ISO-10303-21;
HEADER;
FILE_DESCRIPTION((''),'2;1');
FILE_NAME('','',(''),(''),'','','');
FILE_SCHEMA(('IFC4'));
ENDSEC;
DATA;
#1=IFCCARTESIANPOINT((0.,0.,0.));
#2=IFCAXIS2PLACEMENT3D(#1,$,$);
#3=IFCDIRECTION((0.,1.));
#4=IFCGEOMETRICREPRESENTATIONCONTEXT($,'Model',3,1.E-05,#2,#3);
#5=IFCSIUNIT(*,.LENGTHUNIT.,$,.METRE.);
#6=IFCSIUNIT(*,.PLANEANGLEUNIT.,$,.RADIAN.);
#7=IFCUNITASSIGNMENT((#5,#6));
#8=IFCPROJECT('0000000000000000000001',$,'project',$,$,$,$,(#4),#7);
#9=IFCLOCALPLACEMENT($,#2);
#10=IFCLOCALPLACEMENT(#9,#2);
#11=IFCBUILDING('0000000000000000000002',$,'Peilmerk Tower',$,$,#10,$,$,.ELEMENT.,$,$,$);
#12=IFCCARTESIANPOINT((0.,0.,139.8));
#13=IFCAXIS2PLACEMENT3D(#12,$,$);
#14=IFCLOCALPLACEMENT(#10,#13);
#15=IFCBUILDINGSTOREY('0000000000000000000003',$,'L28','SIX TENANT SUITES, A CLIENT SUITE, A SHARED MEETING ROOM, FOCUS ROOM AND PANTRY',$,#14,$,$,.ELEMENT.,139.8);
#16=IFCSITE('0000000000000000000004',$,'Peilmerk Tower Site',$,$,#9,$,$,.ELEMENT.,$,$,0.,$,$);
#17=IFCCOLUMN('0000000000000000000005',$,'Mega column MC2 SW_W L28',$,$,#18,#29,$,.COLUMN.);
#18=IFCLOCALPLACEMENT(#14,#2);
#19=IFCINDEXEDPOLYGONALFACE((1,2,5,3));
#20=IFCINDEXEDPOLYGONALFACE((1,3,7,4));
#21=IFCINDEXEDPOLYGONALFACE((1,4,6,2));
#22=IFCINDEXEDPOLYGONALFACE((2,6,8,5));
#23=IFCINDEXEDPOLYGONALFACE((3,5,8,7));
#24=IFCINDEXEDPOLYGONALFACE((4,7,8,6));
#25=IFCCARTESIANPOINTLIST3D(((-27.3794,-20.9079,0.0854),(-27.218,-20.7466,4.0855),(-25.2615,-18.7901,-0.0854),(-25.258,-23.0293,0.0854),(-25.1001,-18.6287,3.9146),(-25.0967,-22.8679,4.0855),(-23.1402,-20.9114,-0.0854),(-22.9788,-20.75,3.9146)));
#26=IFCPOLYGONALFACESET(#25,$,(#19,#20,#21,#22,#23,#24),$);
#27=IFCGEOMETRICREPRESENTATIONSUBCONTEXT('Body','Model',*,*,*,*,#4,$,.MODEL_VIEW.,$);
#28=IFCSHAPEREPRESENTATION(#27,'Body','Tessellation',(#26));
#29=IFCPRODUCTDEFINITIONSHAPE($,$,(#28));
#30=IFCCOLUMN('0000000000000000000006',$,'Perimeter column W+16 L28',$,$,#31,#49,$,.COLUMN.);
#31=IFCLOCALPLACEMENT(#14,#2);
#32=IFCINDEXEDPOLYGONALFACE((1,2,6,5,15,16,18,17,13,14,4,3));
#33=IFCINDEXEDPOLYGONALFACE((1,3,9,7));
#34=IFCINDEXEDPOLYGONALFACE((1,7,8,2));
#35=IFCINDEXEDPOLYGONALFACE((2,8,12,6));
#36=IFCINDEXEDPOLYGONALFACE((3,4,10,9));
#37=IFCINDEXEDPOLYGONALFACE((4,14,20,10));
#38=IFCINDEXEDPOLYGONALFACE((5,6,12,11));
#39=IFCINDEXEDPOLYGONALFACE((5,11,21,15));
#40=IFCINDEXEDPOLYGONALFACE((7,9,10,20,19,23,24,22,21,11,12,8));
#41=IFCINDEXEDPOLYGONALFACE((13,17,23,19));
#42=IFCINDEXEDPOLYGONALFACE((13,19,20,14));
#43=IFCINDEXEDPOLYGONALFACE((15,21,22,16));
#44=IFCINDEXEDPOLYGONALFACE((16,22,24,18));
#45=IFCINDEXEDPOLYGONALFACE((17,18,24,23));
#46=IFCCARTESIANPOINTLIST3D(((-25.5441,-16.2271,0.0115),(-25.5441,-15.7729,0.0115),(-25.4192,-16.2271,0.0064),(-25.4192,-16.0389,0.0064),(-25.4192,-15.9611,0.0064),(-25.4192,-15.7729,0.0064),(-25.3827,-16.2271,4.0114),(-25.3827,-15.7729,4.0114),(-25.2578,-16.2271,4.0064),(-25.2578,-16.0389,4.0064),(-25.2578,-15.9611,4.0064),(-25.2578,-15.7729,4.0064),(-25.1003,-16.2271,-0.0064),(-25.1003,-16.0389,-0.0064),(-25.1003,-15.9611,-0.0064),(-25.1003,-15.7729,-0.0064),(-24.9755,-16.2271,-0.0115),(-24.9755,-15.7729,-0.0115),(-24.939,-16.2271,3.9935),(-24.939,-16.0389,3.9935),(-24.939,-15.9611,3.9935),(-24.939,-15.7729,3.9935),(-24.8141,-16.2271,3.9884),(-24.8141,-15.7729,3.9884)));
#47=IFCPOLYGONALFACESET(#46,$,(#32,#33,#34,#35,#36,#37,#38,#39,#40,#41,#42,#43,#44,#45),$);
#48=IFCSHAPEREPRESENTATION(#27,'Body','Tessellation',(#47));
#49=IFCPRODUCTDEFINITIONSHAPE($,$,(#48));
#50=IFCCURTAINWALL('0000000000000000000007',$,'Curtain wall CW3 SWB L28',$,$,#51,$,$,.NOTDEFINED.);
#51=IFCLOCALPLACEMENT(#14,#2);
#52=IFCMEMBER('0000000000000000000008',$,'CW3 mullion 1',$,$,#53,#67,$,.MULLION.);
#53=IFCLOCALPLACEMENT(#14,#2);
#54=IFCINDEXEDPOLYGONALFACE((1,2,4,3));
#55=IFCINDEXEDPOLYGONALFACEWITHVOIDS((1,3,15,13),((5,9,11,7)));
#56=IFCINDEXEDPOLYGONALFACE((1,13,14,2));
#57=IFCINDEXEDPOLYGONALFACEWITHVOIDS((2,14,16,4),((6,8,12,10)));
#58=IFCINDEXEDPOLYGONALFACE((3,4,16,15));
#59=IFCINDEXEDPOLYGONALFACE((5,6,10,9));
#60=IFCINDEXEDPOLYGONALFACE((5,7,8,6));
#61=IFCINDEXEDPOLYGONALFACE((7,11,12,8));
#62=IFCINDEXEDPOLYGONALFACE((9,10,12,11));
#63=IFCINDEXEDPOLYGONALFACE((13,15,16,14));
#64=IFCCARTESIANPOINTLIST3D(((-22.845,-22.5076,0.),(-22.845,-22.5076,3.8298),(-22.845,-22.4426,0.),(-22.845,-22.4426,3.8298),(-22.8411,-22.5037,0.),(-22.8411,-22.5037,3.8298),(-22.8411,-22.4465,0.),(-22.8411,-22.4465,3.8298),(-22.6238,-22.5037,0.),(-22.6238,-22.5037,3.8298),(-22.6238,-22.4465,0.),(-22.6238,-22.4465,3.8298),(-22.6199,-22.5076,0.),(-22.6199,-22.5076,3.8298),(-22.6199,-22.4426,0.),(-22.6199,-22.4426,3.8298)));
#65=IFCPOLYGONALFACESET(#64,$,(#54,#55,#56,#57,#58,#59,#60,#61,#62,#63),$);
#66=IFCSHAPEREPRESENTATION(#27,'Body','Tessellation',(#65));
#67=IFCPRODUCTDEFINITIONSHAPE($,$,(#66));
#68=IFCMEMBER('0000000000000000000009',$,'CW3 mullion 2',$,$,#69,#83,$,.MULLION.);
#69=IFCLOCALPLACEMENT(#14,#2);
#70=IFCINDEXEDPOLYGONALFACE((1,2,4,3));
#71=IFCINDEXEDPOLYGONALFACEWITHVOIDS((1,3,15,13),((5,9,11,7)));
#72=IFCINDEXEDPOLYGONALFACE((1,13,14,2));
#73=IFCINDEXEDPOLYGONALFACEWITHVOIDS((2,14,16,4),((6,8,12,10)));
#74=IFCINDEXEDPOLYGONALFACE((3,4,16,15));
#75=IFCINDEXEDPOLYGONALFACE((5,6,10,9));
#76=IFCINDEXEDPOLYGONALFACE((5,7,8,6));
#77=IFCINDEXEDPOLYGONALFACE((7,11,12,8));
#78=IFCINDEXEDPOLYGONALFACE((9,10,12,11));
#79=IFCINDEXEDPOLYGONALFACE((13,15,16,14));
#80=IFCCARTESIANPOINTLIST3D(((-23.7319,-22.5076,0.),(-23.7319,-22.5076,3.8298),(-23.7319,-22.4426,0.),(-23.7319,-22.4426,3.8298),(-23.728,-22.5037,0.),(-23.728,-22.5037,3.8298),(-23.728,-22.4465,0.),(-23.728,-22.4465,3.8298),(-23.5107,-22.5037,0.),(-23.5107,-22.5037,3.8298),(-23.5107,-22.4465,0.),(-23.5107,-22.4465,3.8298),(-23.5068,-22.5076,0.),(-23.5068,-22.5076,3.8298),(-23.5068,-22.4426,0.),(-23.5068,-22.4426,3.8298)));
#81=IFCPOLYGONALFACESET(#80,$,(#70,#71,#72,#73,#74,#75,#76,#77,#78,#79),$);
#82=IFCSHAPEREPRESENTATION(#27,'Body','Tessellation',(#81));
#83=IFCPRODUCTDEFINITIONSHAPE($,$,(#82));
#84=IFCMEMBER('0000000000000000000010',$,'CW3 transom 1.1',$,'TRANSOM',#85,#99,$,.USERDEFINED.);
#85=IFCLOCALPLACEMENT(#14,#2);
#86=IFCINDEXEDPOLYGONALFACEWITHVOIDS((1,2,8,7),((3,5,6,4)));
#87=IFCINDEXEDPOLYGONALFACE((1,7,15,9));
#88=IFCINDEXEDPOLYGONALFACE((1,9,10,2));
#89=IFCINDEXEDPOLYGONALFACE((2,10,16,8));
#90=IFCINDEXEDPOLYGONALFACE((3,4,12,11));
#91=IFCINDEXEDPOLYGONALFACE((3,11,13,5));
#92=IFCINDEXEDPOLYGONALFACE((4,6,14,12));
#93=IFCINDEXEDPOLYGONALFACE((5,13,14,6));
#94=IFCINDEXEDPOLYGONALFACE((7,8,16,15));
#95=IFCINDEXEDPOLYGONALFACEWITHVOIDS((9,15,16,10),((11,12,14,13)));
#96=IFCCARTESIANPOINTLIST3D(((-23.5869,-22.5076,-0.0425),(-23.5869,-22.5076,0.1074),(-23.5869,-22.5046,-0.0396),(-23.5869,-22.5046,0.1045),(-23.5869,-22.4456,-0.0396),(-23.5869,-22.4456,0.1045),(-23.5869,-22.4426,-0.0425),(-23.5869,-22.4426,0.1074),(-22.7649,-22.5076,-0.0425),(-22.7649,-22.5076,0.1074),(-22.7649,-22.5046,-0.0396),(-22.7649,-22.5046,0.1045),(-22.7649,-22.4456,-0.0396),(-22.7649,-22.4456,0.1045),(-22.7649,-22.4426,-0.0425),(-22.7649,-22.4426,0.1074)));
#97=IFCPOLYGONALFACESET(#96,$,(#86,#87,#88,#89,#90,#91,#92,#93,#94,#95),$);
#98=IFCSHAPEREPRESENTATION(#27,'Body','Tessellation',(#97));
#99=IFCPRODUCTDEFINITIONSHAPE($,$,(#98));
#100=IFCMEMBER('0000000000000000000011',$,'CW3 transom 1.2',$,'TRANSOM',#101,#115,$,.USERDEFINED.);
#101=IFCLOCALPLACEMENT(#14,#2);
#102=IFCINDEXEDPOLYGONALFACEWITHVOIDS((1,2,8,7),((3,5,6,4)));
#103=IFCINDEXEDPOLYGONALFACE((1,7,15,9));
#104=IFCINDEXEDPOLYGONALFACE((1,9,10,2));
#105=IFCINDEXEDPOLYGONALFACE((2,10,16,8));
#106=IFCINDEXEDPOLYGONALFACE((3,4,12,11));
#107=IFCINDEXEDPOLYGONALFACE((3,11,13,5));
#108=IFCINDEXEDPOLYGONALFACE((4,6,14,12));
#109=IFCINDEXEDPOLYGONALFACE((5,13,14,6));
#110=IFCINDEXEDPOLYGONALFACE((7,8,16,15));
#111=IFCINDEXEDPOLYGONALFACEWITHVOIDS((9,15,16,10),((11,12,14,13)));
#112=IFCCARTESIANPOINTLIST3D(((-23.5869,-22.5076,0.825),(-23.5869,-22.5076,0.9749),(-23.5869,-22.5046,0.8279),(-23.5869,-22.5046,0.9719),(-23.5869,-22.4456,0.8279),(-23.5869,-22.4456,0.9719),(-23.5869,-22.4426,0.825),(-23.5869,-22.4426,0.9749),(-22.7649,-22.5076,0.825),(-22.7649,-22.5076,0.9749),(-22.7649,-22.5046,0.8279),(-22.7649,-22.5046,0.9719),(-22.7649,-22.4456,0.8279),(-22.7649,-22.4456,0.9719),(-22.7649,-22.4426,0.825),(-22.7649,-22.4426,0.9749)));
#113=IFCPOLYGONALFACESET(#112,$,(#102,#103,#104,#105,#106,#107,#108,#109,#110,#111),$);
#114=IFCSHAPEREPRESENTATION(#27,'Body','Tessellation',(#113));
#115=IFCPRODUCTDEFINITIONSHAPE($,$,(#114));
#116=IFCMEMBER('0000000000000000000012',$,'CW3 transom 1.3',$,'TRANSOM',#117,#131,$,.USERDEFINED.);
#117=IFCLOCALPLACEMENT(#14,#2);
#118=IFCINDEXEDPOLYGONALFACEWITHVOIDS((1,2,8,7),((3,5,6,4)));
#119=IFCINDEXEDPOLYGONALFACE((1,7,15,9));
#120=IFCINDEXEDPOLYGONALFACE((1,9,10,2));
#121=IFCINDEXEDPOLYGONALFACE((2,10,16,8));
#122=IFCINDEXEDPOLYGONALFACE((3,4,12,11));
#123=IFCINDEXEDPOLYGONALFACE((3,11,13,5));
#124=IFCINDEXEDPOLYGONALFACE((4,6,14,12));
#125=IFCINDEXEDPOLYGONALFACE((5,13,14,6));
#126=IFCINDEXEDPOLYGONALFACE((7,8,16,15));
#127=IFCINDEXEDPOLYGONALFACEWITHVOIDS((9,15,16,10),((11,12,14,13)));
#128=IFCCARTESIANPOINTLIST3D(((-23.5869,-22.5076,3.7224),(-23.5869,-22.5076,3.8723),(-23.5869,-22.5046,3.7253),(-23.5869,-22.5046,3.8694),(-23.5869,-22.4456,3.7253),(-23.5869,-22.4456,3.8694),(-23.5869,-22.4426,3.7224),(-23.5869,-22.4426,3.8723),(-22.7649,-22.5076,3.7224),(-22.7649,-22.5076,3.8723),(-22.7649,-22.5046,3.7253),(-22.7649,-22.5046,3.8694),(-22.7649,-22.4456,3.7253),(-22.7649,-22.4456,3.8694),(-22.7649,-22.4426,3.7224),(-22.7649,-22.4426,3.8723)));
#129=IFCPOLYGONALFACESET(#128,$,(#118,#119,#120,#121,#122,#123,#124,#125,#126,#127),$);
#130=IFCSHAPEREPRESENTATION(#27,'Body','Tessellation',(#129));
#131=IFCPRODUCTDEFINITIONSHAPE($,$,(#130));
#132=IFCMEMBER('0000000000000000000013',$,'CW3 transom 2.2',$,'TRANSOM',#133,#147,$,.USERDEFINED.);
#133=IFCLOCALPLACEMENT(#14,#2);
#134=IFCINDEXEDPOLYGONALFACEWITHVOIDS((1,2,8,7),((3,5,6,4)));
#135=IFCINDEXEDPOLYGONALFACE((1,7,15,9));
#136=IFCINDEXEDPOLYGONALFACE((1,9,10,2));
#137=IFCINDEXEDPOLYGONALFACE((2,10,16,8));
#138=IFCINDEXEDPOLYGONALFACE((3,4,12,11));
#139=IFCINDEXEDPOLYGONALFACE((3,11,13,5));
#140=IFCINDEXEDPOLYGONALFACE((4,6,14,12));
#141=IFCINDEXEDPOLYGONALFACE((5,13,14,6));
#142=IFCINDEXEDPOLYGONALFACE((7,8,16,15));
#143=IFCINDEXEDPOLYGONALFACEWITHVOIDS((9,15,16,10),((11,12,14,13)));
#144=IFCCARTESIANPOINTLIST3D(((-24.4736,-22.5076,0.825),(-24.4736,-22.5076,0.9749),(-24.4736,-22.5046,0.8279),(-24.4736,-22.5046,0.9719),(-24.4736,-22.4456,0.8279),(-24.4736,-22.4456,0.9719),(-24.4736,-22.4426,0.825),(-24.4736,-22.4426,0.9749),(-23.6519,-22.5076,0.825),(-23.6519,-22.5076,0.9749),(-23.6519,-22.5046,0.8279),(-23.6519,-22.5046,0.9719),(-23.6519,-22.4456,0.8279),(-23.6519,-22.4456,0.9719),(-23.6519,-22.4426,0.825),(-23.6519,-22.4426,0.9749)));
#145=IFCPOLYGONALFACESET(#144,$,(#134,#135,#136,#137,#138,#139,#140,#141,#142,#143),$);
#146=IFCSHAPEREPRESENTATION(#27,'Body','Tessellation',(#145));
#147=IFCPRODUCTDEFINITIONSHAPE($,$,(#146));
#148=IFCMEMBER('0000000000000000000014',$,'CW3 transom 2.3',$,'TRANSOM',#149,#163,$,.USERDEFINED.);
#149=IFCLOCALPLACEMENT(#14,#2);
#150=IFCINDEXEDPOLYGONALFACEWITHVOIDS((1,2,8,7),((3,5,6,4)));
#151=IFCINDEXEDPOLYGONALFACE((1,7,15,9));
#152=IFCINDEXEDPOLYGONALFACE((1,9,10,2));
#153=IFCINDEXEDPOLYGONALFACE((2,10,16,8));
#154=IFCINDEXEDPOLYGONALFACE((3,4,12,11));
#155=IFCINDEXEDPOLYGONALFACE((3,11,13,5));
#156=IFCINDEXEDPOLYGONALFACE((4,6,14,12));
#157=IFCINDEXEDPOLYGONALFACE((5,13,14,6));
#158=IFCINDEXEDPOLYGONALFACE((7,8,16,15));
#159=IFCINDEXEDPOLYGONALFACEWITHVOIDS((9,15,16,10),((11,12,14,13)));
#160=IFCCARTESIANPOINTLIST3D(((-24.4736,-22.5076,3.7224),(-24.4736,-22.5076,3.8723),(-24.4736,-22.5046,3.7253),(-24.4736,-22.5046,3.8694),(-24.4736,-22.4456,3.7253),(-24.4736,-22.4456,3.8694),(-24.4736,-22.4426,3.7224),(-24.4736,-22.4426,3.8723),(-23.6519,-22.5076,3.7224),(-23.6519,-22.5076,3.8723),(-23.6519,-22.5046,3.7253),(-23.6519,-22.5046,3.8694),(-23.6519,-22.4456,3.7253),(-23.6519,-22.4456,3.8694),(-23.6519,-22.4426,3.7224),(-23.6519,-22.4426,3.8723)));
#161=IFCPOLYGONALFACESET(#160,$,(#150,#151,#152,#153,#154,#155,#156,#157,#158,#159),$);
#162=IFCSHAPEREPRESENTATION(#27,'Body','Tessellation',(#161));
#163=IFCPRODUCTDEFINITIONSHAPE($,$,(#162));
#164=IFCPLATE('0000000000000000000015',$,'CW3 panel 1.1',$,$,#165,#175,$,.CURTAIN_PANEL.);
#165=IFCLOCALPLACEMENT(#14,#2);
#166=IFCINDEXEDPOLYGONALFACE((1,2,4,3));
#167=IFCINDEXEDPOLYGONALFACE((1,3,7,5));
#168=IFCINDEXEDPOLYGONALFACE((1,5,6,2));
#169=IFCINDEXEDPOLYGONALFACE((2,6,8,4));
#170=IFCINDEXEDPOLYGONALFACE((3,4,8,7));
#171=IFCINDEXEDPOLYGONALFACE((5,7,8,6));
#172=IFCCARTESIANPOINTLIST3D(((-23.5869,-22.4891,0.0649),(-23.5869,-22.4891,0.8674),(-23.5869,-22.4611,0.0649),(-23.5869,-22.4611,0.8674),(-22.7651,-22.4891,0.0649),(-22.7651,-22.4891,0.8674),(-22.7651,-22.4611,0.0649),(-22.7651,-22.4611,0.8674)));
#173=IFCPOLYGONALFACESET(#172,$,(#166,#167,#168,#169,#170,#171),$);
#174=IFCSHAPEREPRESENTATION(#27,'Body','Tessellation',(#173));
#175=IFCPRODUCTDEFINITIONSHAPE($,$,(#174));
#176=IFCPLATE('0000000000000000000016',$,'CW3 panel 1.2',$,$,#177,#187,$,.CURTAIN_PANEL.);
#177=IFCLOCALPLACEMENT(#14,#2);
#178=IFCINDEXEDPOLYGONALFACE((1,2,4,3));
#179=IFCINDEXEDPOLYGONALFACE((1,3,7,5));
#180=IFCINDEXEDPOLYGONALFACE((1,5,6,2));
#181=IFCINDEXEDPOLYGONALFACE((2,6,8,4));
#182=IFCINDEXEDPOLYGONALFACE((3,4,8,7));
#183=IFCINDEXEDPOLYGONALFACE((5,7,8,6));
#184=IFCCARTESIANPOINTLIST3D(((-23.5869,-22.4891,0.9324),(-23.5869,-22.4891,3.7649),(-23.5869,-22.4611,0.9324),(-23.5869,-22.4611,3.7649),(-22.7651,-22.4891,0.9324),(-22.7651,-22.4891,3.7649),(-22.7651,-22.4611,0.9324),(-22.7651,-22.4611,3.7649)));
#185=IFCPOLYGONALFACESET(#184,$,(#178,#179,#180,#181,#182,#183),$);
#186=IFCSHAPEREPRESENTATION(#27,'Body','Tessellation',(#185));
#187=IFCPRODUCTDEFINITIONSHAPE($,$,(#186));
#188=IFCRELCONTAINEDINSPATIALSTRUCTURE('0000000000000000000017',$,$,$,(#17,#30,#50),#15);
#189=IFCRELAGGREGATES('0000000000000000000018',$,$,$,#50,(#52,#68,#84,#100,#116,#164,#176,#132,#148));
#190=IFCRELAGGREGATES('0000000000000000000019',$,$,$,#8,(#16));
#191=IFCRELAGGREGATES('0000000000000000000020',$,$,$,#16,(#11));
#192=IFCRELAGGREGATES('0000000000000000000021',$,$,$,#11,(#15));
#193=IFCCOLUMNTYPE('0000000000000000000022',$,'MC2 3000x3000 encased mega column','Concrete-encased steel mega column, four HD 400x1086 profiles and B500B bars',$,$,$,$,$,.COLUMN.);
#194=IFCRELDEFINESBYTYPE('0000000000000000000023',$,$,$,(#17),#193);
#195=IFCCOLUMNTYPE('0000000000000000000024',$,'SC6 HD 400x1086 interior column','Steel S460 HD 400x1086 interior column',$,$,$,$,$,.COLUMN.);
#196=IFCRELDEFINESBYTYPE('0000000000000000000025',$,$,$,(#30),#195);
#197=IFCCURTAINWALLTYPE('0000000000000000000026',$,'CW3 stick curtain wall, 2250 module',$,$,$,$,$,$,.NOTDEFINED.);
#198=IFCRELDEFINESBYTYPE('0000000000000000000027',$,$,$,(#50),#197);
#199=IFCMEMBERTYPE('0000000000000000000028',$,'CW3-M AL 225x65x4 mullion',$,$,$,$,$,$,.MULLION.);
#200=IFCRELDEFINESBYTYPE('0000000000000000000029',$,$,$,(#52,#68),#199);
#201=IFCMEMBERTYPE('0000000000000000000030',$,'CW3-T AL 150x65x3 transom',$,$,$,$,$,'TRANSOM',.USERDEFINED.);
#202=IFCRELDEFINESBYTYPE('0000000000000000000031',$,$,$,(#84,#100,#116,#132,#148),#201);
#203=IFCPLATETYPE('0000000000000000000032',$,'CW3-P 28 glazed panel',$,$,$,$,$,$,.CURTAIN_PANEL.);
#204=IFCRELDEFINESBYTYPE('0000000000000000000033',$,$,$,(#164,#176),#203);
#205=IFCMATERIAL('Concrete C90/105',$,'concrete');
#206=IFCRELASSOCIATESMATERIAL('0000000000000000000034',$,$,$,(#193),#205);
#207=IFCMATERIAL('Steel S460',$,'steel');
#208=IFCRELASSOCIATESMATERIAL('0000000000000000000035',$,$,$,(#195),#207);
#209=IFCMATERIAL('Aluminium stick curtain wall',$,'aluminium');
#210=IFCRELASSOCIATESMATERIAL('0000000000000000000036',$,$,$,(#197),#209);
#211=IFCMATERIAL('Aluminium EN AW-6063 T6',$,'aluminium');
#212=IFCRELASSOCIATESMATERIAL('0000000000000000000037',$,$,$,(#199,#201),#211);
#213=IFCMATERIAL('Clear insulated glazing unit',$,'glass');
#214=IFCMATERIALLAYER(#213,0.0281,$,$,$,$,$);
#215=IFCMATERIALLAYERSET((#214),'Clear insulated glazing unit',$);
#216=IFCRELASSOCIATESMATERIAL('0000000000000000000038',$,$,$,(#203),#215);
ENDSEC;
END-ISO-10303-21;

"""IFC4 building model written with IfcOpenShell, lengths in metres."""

from ifc_helpers import new_model, si_unit, direction, frame, origin, origin_2d, place, context, subcontext, project, spatial, rectangle, hollow_rectangle, i_section, extrude, material, layer, layer_set, material_profile, profile_set, type_object, element, aggregate, save


model = new_model("IFC4")

# Units and contexts
model_context = context("Model", 3, precision=1e-05, world=origin(), true_north=direction((0.0, 1.0)))
body_context = subcontext(model_context, "Body", "Model", "MODEL_VIEW")
ifc_project = project(units=[si_unit("LENGTHUNIT", "METRE"), si_unit("PLANEANGLEUNIT", "RADIAN")], contexts=[model_context])

# Site, building, storey
site_placement = place(None, origin())
site = spatial("IfcSite", under=ifc_project, at=site_placement, Name="Peilmerk Tower Site", CompositionType="ELEMENT", RefElevation=0.0)
building_placement = place(site_placement, origin())
building = spatial("IfcBuilding", under=site, at=building_placement, Name="Peilmerk Tower", CompositionType="ELEMENT")
storey_placement = place(building_placement, frame((0.0, 0.0, 139.8)))
storey = spatial("IfcBuildingStorey", under=building, at=storey_placement, Name="L28", Description="SIX TENANT SUITES, A CLIENT SUITE, A SHARED MEETING ROOM, FOCUS ROOM AND PANTRY", CompositionType="ELEMENT", Elevation=139.8)

# Columns
ifc_material_1 = material(Name="Concrete C90/105", Category="concrete")
ifc_material_profile_1 = material_profile(ifc_material_1, rectangle(XDim=3.0, YDim=3.0, at=origin_2d()), Name="RC 3000x3000")
ifc_profile_set_1 = profile_set([ifc_material_profile_1], Name="Concrete C90/105")
column_type_1 = type_object("IfcColumnType", Name="MC2 3000x3000 encased mega column", Description="Concrete-encased steel mega column, four HD 400x1086 profiles and B500B bars", PredefinedType="COLUMN", material=ifc_profile_set_1)
column_1_placement = place(storey_placement, frame((-25.2598, -20.9097, 0.0), z_axis=(0.040279, 0.040279, 0.998376), x_axis=(-0.707107, 0.707107, 0.0)))
element("IfcColumn", 1, at=column_1_placement, inside=storey, type_object=column_type_1, Name="Mega column MC2 SW_W L28", PredefinedType="COLUMN", context=body_context, shape_type="SweptSolid", body=[
    extrude(rectangle(XDim=3.0, YDim=3.0, at=origin_2d()), origin(), (0.0, 0.0, 1.0), 4.0066),
])
ifc_material_2 = material(Name="Steel S460", Category="steel")
ifc_material_profile_2 = material_profile(ifc_material_2, i_section(OverallWidth=0.4541, OverallDepth=0.5691, WebThickness=0.0779, FlangeThickness=0.125, at=origin_2d()), Name="HD 400x1086")
ifc_profile_set_2 = profile_set([ifc_material_profile_2], Name="Steel S460")
column_type_2 = type_object("IfcColumnType", Name="SC6 HD 400x1086 interior column", Description="Steel S460 HD 400x1086 interior column", PredefinedType="COLUMN", material=ifc_profile_set_2)
column_2_placement = place(storey_placement, frame((-25.2598, -16.0, 0.0), z_axis=(0.040311, 0.0, 0.999187), x_axis=(0.0, 1.0, 0.0)))
element("IfcColumn", 2, at=column_2_placement, inside=storey, type_object=column_type_2, Name="Perimeter column W+16 L28", PredefinedType="COLUMN", context=body_context, shape_type="SweptSolid", body=[
    extrude(i_section(OverallWidth=0.4541, OverallDepth=0.5691, WebThickness=0.0779, FlangeThickness=0.125, at=origin_2d()), origin(), (0.0, 0.0, 1.0), 4.0032),
])

# Curtain wall, members, plates
ifc_material_3 = material(Name="Aluminium stick curtain wall", Category="aluminium")
curtain_wall_type = type_object("IfcCurtainWallType", Name="CW3 stick curtain wall, 2250 module", PredefinedType="NOTDEFINED", material=ifc_material_3)
curtain_wall_placement = place(storey_placement, origin())
curtain_wall = element("IfcCurtainWall", 3, at=curtain_wall_placement, inside=storey, type_object=curtain_wall_type, Name="Curtain wall CW3 SWB L28", PredefinedType="NOTDEFINED")
ifc_material_4 = material(Name="Aluminium EN AW-6063 T6", Category="aluminium")
ifc_material_profile_3 = material_profile(ifc_material_4, hollow_rectangle(XDim=0.0649, YDim=0.2251, WallThickness=0.0039, at=origin_2d()), Name="AL 225x65x4")
ifc_profile_set_3 = profile_set([ifc_material_profile_3], Name="Aluminium EN AW-6063 T6")
member_type_1 = type_object("IfcMemberType", Name="CW3-M AL 225x65x4 mullion", PredefinedType="MULLION", material=ifc_profile_set_3)
member_1_placement = place(storey_placement, frame((-22.7324, -22.4751, 0.0), z_axis=(0.0, 0.0, 1.0), x_axis=(0.0, -1.0, 0.0)))
member_1 = element("IfcMember", 4, at=member_1_placement, type_object=member_type_1, Name="CW3 mullion 1", PredefinedType="MULLION", context=body_context, shape_type="SweptSolid", body=[
    extrude(hollow_rectangle(XDim=0.0649, YDim=0.2251, WallThickness=0.0039, at=origin_2d()), origin(), (0.0, 0.0, 1.0), 3.8298),
])
member_2_placement = place(storey_placement, frame((-23.6194, -22.4751, 0.0), z_axis=(0.0, 0.0, 1.0), x_axis=(0.0, -1.0, 0.0)))
member_2 = element("IfcMember", 5, at=member_2_placement, type_object=member_type_1, Name="CW3 mullion 2", PredefinedType="MULLION", context=body_context, shape_type="SweptSolid", body=[
    extrude(hollow_rectangle(XDim=0.0649, YDim=0.2251, WallThickness=0.0039, at=origin_2d()), origin(), (0.0, 0.0, 1.0), 3.8298),
])
ifc_material_profile_4 = material_profile(ifc_material_4, hollow_rectangle(XDim=0.0649, YDim=0.1499, WallThickness=0.0029, at=origin_2d()), Name="AL 150x65x3")
ifc_profile_set_4 = profile_set([ifc_material_profile_4], Name="Aluminium EN AW-6063 T6")
member_type_2 = type_object("IfcMemberType", Name="CW3-T AL 150x65x3 transom", ElementType="TRANSOM", PredefinedType="USERDEFINED", material=ifc_profile_set_4)
member_3_placement = place(storey_placement, frame((-22.7649, -22.4751, 0.0325), z_axis=(-1.0, 0.0, 0.0), x_axis=(0.0, -1.0, 0.0)))
member_3 = element("IfcMember", 6, at=member_3_placement, type_object=member_type_2, Name="CW3 transom 1.1", ObjectType="TRANSOM", PredefinedType="USERDEFINED", context=body_context, shape_type="SweptSolid", body=[
    extrude(hollow_rectangle(XDim=0.0649, YDim=0.1499, WallThickness=0.0029, at=origin_2d()), origin(), (0.0, 0.0, 1.0), 0.822),
])
member_4_placement = place(storey_placement, frame((-22.7649, -22.4751, 0.8999), z_axis=(-1.0, 0.0, 0.0), x_axis=(0.0, -1.0, 0.0)))
member_4 = element("IfcMember", 7, at=member_4_placement, type_object=member_type_2, Name="CW3 transom 1.2", ObjectType="TRANSOM", PredefinedType="USERDEFINED", context=body_context, shape_type="SweptSolid", body=[
    extrude(hollow_rectangle(XDim=0.0649, YDim=0.1499, WallThickness=0.0029, at=origin_2d()), origin(), (0.0, 0.0, 1.0), 0.822),
])
member_5_placement = place(storey_placement, frame((-22.7649, -22.4751, 3.7974), z_axis=(-1.0, 0.0, 0.0), x_axis=(0.0, -1.0, 0.0)))
member_5 = element("IfcMember", 8, at=member_5_placement, type_object=member_type_2, Name="CW3 transom 1.3", ObjectType="TRANSOM", PredefinedType="USERDEFINED", context=body_context, shape_type="SweptSolid", body=[
    extrude(hollow_rectangle(XDim=0.0649, YDim=0.1499, WallThickness=0.0029, at=origin_2d()), origin(), (0.0, 0.0, 1.0), 0.822),
])
member_6_placement = place(storey_placement, frame((-23.6519, -22.4751, 0.8999), z_axis=(-1.0, 0.0, 0.0), x_axis=(0.0, -1.0, 0.0)))
member_6 = element("IfcMember", 9, at=member_6_placement, type_object=member_type_2, Name="CW3 transom 2.2", ObjectType="TRANSOM", PredefinedType="USERDEFINED", context=body_context, shape_type="SweptSolid", body=[
    extrude(hollow_rectangle(XDim=0.0649, YDim=0.1499, WallThickness=0.0029, at=origin_2d()), origin(), (0.0, 0.0, 1.0), 0.8218),
])
member_7_placement = place(storey_placement, frame((-23.6519, -22.4751, 3.7974), z_axis=(-1.0, 0.0, 0.0), x_axis=(0.0, -1.0, 0.0)))
member_7 = element("IfcMember", 10, at=member_7_placement, type_object=member_type_2, Name="CW3 transom 2.3", ObjectType="TRANSOM", PredefinedType="USERDEFINED", context=body_context, shape_type="SweptSolid", body=[
    extrude(hollow_rectangle(XDim=0.0649, YDim=0.1499, WallThickness=0.0029, at=origin_2d()), origin(), (0.0, 0.0, 1.0), 0.8218),
])
ifc_material_5 = material(Name="Clear insulated glazing unit", Category="glass")
ifc_layer = layer(ifc_material_5, 0.0281)
ifc_layer_set = layer_set([ifc_layer], Name="Clear insulated glazing unit")
plate_type = type_object("IfcPlateType", Name="CW3-P 28 glazed panel", PredefinedType="CURTAIN_PANEL", material=ifc_layer_set)
plate_1_placement = place(storey_placement, frame((-23.176, -22.4751, 0.0649), z_axis=(0.0, 0.0, 1.0), x_axis=(-1.0, 0.0, 0.0)))
plate_1 = element("IfcPlate", 11, at=plate_1_placement, type_object=plate_type, Name="CW3 panel 1.1", PredefinedType="CURTAIN_PANEL", context=body_context, shape_type="SweptSolid", body=[
    extrude(rectangle(XDim=0.8218, YDim=0.0281, at=origin_2d()), origin(), (0.0, 0.0, 1.0), 0.8025),
])
plate_2_placement = place(storey_placement, frame((-23.176, -22.4751, 0.9324), z_axis=(0.0, 0.0, 1.0), x_axis=(-1.0, 0.0, 0.0)))
plate_2 = element("IfcPlate", 12, at=plate_2_placement, type_object=plate_type, Name="CW3 panel 1.2", PredefinedType="CURTAIN_PANEL", context=body_context, shape_type="SweptSolid", body=[
    extrude(rectangle(XDim=0.8218, YDim=0.0281, at=origin_2d()), origin(), (0.0, 0.0, 1.0), 2.8325),
])
aggregate(curtain_wall, [member_1, member_2, member_3, member_4, member_5, plate_1, plate_2, member_6, member_7])

save(model, "model.ifc")
